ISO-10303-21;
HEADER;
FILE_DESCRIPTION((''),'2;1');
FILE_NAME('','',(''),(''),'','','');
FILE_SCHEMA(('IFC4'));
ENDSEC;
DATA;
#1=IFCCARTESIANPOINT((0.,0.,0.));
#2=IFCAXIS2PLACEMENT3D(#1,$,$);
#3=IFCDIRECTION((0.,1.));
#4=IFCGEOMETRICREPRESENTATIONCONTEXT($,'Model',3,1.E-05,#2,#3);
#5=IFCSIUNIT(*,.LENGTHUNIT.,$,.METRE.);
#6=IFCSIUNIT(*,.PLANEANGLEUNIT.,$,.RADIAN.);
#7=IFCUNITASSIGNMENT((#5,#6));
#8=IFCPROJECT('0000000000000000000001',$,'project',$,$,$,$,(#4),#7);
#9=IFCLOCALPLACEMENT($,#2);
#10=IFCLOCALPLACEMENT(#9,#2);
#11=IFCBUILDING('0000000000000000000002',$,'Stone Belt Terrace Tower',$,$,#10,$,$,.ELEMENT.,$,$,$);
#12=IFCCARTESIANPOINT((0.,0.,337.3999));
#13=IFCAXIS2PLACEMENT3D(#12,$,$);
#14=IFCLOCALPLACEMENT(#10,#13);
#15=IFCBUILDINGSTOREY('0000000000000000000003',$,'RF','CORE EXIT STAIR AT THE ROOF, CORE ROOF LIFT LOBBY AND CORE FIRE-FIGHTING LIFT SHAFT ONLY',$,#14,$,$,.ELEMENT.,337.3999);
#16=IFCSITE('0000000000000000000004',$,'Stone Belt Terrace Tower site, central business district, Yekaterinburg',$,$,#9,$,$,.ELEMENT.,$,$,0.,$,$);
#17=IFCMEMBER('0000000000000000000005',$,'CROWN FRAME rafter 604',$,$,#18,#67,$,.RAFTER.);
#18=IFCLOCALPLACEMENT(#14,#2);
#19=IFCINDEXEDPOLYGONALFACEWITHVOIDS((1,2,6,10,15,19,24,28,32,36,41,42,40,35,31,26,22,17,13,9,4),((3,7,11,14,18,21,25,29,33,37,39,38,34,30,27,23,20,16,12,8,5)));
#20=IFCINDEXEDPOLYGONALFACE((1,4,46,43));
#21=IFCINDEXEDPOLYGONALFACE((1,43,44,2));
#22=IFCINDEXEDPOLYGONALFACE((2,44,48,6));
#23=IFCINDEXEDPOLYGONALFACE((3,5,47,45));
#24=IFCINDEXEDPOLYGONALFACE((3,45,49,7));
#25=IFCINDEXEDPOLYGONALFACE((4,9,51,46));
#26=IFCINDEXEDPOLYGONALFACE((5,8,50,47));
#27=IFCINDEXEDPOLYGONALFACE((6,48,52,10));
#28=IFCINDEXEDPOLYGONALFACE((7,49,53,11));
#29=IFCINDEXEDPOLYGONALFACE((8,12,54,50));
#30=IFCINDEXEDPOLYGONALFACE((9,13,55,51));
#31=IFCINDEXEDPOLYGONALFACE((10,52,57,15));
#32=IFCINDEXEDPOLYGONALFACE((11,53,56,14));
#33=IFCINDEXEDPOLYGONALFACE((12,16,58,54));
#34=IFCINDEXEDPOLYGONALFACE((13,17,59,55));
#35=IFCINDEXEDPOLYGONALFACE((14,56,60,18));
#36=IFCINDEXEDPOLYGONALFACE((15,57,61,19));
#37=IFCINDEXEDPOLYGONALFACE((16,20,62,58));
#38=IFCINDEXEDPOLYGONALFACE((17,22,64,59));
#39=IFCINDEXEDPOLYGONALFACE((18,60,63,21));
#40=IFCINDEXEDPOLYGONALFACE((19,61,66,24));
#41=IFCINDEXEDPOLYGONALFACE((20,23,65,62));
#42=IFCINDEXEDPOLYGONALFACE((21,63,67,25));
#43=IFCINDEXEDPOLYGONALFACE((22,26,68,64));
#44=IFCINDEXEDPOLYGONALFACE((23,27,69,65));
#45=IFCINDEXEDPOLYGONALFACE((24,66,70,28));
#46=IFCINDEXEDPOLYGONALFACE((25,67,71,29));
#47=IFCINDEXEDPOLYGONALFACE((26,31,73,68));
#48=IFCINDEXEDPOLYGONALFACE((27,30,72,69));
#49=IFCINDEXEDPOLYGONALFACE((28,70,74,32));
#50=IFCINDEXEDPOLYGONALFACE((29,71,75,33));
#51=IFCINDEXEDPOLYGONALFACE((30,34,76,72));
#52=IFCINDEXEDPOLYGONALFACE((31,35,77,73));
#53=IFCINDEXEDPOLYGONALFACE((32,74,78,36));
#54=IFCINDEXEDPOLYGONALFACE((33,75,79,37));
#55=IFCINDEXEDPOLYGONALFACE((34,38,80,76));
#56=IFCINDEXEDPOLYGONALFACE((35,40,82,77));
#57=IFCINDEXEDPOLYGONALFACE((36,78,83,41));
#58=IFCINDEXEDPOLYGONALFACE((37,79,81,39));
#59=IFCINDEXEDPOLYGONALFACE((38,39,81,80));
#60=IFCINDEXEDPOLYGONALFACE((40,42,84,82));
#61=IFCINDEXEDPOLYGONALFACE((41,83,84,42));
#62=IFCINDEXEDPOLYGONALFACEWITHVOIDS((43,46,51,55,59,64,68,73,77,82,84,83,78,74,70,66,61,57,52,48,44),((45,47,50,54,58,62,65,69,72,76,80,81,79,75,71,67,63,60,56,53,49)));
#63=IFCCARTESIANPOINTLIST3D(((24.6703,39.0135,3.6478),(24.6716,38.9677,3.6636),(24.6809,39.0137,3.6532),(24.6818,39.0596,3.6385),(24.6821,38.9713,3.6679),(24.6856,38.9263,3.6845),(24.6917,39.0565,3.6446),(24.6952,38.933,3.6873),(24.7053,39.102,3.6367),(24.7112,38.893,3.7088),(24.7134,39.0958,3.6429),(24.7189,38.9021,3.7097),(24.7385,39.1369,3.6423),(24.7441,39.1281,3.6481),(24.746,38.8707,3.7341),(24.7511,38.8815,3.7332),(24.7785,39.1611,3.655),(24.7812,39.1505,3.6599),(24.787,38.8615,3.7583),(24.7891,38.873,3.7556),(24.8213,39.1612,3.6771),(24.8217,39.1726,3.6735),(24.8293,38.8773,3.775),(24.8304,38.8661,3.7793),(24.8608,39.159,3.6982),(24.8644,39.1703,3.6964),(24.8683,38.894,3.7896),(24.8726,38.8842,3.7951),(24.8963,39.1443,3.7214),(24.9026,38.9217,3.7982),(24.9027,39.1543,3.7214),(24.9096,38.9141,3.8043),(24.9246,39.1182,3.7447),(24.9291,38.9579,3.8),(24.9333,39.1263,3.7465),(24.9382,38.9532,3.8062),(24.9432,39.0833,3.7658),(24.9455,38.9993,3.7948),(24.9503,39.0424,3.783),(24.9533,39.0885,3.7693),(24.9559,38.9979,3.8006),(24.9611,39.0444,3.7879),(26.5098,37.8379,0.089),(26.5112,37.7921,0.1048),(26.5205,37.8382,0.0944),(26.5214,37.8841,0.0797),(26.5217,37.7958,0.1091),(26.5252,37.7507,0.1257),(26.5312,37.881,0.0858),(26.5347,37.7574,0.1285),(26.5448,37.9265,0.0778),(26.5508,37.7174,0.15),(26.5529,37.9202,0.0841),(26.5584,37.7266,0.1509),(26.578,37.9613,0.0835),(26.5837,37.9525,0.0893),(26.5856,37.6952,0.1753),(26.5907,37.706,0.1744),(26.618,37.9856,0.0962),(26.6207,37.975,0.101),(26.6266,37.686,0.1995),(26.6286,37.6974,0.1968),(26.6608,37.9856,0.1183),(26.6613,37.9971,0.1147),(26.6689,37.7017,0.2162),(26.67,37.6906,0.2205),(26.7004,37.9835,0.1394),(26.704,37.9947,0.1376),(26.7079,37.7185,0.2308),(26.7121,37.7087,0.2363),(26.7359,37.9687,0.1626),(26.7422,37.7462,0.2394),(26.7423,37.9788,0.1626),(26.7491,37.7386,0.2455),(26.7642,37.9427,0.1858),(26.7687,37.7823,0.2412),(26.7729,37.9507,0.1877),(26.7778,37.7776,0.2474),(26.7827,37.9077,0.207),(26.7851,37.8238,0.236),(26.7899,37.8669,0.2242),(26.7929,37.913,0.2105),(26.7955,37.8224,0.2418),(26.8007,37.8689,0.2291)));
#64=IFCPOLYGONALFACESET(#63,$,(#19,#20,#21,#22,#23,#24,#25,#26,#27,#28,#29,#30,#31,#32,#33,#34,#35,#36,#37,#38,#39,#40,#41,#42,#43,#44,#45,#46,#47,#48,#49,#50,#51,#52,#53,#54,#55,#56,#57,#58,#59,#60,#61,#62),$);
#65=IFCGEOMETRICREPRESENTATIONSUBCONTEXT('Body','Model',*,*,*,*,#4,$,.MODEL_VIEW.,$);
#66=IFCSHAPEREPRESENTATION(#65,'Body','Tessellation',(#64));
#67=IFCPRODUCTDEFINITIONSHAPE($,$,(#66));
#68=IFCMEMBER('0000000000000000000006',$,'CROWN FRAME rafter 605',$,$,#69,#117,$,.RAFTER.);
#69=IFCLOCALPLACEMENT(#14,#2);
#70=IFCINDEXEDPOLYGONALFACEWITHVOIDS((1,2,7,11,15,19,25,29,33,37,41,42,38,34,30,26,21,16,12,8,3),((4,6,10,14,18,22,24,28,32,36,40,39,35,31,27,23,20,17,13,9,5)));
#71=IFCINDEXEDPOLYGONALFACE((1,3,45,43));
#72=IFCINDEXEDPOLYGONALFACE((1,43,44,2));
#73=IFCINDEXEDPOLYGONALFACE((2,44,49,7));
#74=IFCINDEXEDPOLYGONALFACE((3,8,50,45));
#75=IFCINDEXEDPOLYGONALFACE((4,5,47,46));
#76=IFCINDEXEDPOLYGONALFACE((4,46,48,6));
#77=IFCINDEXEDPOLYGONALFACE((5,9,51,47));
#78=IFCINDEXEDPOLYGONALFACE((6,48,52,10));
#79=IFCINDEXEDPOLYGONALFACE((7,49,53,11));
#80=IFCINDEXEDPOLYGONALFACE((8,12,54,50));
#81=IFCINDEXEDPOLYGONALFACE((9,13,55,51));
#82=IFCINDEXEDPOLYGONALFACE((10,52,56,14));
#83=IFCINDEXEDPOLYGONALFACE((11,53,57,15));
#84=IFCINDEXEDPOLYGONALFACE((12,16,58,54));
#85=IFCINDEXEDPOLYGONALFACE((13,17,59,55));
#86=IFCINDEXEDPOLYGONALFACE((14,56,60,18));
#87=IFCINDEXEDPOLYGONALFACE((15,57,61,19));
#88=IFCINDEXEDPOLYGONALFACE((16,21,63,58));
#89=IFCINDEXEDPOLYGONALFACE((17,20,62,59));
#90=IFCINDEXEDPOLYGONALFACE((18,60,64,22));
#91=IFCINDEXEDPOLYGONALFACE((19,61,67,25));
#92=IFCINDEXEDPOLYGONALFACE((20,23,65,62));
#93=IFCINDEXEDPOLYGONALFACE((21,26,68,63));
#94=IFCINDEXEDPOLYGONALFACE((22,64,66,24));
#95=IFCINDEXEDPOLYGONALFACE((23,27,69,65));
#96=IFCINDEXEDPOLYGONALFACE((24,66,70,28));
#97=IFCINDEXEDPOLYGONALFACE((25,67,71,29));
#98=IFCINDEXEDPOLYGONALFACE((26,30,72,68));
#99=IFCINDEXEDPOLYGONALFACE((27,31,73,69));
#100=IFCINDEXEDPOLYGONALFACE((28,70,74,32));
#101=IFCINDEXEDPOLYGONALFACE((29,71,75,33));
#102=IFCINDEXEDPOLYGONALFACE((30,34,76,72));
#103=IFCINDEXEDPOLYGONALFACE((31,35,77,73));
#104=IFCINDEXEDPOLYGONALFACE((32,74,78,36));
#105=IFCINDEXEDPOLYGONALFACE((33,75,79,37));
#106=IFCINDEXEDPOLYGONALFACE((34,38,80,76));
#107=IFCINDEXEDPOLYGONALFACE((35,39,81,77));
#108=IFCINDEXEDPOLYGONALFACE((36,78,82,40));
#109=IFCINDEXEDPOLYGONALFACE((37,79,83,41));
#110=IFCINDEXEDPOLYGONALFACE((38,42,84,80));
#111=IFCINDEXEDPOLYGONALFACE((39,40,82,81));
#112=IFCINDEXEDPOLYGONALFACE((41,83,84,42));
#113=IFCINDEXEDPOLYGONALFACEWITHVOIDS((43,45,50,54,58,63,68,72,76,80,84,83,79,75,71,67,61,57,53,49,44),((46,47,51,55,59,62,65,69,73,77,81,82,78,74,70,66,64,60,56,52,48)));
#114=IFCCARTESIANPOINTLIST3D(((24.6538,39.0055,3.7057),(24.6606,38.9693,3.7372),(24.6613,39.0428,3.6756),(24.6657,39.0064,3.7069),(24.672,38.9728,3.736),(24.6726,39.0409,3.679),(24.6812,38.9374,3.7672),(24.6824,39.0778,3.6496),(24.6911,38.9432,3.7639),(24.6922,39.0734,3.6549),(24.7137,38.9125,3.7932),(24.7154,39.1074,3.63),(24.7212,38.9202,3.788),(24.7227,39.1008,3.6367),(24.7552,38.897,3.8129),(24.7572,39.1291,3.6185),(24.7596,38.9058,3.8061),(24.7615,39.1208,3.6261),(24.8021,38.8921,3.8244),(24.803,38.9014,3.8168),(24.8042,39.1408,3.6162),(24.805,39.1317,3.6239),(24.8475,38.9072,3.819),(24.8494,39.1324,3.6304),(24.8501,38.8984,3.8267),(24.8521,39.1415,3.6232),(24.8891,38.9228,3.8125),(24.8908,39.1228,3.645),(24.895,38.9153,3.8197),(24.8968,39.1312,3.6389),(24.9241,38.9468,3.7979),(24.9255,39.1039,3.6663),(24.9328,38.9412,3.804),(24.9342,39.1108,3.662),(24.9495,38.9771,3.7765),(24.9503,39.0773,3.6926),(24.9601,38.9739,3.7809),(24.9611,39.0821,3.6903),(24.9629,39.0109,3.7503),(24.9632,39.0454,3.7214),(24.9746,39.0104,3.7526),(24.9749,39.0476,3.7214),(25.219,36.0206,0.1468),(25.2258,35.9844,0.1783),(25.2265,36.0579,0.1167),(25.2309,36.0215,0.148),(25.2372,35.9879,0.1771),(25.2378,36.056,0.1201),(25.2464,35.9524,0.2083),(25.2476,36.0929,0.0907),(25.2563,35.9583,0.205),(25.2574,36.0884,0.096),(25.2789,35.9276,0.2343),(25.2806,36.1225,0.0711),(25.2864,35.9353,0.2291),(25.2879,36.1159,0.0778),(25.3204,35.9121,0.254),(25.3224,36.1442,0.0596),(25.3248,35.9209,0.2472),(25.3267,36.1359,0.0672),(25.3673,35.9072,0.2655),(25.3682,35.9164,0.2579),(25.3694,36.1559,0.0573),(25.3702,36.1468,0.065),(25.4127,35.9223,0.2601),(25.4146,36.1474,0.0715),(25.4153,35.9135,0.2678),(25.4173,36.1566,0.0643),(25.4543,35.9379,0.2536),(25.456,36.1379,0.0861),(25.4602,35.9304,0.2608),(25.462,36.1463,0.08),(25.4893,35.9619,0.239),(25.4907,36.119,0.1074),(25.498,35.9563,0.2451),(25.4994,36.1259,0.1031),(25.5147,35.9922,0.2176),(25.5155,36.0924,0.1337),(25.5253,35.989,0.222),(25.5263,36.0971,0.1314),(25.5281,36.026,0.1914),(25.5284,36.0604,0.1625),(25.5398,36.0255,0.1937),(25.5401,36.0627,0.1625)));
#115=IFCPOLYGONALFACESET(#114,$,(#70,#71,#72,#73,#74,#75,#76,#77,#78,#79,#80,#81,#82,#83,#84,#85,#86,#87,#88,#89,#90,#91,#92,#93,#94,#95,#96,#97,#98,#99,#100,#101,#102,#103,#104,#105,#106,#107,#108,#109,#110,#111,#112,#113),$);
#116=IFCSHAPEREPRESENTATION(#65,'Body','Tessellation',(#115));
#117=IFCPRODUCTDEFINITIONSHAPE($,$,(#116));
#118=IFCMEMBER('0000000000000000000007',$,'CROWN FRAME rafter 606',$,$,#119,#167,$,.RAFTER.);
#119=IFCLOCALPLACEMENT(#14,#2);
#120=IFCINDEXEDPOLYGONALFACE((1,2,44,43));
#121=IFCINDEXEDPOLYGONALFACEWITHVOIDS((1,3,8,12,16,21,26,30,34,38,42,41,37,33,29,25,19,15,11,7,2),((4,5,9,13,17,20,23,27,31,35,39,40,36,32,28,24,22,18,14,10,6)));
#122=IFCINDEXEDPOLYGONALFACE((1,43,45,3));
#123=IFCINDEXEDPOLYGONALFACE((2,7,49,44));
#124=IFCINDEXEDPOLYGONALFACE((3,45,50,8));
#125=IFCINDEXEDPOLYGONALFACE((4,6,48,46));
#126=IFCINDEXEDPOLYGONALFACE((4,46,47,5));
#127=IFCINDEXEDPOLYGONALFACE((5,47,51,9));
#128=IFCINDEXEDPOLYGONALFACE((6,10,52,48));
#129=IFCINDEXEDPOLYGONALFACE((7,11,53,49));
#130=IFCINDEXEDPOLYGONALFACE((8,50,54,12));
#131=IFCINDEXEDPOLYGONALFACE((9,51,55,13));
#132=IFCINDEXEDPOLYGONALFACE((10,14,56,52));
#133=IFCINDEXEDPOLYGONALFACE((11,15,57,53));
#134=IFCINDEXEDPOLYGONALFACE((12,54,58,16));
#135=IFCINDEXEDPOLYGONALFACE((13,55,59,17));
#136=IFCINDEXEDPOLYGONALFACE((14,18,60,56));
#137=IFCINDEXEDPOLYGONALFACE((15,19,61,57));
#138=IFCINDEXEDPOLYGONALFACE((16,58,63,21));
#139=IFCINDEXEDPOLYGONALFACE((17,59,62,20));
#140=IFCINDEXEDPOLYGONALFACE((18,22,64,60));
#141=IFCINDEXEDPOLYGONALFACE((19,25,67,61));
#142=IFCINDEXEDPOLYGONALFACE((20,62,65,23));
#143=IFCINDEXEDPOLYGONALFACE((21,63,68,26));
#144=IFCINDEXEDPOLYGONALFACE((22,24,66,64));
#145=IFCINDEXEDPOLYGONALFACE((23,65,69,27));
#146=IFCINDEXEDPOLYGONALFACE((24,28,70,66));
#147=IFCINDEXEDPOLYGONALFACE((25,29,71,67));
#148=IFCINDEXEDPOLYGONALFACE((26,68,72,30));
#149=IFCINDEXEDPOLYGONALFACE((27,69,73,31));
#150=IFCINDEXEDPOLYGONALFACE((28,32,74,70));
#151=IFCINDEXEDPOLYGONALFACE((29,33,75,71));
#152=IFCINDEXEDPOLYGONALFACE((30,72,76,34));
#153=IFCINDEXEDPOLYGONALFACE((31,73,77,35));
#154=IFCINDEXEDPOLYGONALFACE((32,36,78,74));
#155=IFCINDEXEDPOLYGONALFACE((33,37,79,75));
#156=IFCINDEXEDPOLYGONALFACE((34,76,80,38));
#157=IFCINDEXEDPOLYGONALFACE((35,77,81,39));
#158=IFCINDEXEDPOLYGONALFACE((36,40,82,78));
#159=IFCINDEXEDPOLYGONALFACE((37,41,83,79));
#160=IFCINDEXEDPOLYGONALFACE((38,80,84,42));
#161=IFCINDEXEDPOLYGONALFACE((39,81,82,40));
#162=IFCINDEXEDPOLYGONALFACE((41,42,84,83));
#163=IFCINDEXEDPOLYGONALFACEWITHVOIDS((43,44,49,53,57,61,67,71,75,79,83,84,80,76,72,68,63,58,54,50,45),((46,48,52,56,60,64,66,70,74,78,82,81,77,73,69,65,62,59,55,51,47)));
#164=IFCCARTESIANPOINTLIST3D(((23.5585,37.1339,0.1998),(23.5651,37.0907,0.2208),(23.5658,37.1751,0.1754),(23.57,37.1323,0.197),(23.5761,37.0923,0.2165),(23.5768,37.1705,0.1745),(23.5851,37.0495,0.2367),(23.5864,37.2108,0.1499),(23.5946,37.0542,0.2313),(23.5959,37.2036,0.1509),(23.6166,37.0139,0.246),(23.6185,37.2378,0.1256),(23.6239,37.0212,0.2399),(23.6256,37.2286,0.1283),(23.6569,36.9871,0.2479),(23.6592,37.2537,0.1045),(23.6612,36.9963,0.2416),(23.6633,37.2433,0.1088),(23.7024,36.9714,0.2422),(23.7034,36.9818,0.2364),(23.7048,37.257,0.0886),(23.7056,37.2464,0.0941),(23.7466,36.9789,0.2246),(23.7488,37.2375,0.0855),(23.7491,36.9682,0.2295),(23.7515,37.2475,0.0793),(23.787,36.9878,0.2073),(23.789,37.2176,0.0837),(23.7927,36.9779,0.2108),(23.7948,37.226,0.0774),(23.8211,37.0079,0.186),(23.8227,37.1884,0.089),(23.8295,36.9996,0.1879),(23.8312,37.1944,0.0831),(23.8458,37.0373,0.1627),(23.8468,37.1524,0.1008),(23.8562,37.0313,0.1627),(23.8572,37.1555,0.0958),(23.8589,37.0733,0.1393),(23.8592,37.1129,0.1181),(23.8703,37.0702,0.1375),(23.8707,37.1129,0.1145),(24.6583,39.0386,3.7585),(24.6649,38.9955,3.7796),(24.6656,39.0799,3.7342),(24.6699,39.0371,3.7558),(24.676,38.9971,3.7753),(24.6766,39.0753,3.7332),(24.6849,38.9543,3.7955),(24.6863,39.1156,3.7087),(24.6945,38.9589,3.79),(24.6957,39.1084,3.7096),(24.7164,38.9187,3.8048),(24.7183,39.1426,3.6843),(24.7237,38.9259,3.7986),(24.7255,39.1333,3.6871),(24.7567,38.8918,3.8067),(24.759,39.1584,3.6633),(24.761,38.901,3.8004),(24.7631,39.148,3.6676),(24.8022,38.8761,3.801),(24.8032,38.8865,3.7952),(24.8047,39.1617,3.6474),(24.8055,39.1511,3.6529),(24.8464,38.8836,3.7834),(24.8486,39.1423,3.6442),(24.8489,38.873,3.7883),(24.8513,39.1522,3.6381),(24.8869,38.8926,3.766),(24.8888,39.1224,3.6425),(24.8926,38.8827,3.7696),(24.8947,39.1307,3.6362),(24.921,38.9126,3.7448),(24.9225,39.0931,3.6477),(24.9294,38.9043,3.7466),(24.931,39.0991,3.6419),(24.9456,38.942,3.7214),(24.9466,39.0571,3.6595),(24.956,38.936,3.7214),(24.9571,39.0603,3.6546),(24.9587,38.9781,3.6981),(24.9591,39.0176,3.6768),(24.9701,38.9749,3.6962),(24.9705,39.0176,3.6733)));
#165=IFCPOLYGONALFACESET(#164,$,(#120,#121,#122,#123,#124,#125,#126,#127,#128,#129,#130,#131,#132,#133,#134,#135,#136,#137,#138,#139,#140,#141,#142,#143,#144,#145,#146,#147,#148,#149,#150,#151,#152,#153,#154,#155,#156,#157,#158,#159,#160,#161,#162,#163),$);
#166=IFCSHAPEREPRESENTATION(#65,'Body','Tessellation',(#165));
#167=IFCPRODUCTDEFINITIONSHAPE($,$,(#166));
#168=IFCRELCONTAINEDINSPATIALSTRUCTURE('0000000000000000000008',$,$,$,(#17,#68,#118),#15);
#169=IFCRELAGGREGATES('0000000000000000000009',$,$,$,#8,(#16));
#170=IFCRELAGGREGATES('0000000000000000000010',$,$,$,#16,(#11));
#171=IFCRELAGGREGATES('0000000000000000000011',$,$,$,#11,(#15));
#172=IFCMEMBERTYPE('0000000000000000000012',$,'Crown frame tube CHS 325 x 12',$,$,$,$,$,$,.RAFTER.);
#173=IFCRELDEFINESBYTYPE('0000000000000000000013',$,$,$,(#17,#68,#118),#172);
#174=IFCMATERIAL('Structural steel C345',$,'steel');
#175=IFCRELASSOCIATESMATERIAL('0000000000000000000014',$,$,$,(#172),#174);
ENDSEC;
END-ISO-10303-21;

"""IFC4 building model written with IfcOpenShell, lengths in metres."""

from ifc_helpers import new_model, si_unit, direction, frame, origin, origin_2d, place, context, subcontext, project, spatial, hollow_circle, extrude, material, material_profile, profile_set, type_object, element, save


model = new_model("IFC4")

# Units and contexts
model_context = context("Model", 3, precision=1e-05, world=origin(), true_north=direction((0.0, 1.0)))
body_context = subcontext(model_context, "Body", "Model", "MODEL_VIEW")
ifc_project = project(units=[si_unit("LENGTHUNIT", "METRE"), si_unit("PLANEANGLEUNIT", "RADIAN")], contexts=[model_context])

# Site, building, storey
site_placement = place(None, origin())
site = spatial("IfcSite", under=ifc_project, at=site_placement, Name="Stone Belt Terrace Tower site, central business district, Yekaterinburg", CompositionType="ELEMENT", RefElevation=0.0)
building_placement = place(site_placement, origin())
building = spatial("IfcBuilding", under=site, at=building_placement, Name="Stone Belt Terrace Tower", CompositionType="ELEMENT")
storey_placement = place(building_placement, frame((0.0, 0.0, 337.3999)))
storey = spatial("IfcBuildingStorey", under=building, at=storey_placement, Name="RF", Description="CORE EXIT STAIR AT THE ROOF, CORE ROOF LIFT LOBBY AND CORE FIRE-FIGHTING LIFT SHAFT ONLY", CompositionType="ELEMENT", Elevation=337.3999)

# Members
ifc_material_1 = material(Name="Structural steel C345", Category="steel")
ifc_material_profile_1 = material_profile(ifc_material_1, hollow_circle(Radius=0.1626, WallThickness=0.012, at=origin_2d()), Name="Structural steel C345 CHS 325x12")
ifc_profile_set_1 = profile_set([ifc_material_profile_1], Name="Structural steel C345")
member_type_1 = type_object("IfcMemberType", Name="Crown frame tube CHS 325 x 12", PredefinedType="RAFTER", material=ifc_profile_set_1)
member_1_placement = place(storey_placement, frame((24.8152, 39.0173, 3.7214), z_axis=(0.440614, -0.28156, -0.852399), x_axis=(0.538466, 0.842647, 0.0)))
element("IfcMember", 1, at=member_1_placement, inside=storey, type_object=member_type_1, Name="CROWN FRAME rafter 604", PredefinedType="RAFTER", context=body_context, shape_type="SweptSolid", body=[
    extrude(hollow_circle(Radius=0.1626, WallThickness=0.012, at=origin_2d()), origin(), (0.0, 0.0, 1.0), 4.175),
])
member_2_placement = place(storey_placement, frame((24.8152, 39.0173, 3.7214), z_axis=(0.120789, -0.637911, -0.760578), x_axis=(0.982541, 0.186045, 0.0)))
element("IfcMember", 2, at=member_2_placement, inside=storey, type_object=member_type_1, Name="CROWN FRAME rafter 605", PredefinedType="RAFTER", context=body_context, shape_type="SweptSolid", body=[
    extrude(hollow_circle(Radius=0.1626, WallThickness=0.012, at=origin_2d()), origin(), (0.0, 0.0, 1.0), 4.6792),
])
member_3_placement = place(storey_placement, frame((24.8152, 39.0173, 3.7214), z_axis=(-0.262891, -0.455289, -0.850647), x_axis=(0.866001, -0.500043, 0.0)))
element("IfcMember", 3, at=member_3_placement, inside=storey, type_object=member_type_1, Name="CROWN FRAME rafter 606", PredefinedType="RAFTER", context=body_context, shape_type="SweptSolid", body=[
    extrude(hollow_circle(Radius=0.1626, WallThickness=0.012, at=origin_2d()), origin(), (0.0, 0.0, 1.0), 4.1836),
])

save(model, "model.ifc")
